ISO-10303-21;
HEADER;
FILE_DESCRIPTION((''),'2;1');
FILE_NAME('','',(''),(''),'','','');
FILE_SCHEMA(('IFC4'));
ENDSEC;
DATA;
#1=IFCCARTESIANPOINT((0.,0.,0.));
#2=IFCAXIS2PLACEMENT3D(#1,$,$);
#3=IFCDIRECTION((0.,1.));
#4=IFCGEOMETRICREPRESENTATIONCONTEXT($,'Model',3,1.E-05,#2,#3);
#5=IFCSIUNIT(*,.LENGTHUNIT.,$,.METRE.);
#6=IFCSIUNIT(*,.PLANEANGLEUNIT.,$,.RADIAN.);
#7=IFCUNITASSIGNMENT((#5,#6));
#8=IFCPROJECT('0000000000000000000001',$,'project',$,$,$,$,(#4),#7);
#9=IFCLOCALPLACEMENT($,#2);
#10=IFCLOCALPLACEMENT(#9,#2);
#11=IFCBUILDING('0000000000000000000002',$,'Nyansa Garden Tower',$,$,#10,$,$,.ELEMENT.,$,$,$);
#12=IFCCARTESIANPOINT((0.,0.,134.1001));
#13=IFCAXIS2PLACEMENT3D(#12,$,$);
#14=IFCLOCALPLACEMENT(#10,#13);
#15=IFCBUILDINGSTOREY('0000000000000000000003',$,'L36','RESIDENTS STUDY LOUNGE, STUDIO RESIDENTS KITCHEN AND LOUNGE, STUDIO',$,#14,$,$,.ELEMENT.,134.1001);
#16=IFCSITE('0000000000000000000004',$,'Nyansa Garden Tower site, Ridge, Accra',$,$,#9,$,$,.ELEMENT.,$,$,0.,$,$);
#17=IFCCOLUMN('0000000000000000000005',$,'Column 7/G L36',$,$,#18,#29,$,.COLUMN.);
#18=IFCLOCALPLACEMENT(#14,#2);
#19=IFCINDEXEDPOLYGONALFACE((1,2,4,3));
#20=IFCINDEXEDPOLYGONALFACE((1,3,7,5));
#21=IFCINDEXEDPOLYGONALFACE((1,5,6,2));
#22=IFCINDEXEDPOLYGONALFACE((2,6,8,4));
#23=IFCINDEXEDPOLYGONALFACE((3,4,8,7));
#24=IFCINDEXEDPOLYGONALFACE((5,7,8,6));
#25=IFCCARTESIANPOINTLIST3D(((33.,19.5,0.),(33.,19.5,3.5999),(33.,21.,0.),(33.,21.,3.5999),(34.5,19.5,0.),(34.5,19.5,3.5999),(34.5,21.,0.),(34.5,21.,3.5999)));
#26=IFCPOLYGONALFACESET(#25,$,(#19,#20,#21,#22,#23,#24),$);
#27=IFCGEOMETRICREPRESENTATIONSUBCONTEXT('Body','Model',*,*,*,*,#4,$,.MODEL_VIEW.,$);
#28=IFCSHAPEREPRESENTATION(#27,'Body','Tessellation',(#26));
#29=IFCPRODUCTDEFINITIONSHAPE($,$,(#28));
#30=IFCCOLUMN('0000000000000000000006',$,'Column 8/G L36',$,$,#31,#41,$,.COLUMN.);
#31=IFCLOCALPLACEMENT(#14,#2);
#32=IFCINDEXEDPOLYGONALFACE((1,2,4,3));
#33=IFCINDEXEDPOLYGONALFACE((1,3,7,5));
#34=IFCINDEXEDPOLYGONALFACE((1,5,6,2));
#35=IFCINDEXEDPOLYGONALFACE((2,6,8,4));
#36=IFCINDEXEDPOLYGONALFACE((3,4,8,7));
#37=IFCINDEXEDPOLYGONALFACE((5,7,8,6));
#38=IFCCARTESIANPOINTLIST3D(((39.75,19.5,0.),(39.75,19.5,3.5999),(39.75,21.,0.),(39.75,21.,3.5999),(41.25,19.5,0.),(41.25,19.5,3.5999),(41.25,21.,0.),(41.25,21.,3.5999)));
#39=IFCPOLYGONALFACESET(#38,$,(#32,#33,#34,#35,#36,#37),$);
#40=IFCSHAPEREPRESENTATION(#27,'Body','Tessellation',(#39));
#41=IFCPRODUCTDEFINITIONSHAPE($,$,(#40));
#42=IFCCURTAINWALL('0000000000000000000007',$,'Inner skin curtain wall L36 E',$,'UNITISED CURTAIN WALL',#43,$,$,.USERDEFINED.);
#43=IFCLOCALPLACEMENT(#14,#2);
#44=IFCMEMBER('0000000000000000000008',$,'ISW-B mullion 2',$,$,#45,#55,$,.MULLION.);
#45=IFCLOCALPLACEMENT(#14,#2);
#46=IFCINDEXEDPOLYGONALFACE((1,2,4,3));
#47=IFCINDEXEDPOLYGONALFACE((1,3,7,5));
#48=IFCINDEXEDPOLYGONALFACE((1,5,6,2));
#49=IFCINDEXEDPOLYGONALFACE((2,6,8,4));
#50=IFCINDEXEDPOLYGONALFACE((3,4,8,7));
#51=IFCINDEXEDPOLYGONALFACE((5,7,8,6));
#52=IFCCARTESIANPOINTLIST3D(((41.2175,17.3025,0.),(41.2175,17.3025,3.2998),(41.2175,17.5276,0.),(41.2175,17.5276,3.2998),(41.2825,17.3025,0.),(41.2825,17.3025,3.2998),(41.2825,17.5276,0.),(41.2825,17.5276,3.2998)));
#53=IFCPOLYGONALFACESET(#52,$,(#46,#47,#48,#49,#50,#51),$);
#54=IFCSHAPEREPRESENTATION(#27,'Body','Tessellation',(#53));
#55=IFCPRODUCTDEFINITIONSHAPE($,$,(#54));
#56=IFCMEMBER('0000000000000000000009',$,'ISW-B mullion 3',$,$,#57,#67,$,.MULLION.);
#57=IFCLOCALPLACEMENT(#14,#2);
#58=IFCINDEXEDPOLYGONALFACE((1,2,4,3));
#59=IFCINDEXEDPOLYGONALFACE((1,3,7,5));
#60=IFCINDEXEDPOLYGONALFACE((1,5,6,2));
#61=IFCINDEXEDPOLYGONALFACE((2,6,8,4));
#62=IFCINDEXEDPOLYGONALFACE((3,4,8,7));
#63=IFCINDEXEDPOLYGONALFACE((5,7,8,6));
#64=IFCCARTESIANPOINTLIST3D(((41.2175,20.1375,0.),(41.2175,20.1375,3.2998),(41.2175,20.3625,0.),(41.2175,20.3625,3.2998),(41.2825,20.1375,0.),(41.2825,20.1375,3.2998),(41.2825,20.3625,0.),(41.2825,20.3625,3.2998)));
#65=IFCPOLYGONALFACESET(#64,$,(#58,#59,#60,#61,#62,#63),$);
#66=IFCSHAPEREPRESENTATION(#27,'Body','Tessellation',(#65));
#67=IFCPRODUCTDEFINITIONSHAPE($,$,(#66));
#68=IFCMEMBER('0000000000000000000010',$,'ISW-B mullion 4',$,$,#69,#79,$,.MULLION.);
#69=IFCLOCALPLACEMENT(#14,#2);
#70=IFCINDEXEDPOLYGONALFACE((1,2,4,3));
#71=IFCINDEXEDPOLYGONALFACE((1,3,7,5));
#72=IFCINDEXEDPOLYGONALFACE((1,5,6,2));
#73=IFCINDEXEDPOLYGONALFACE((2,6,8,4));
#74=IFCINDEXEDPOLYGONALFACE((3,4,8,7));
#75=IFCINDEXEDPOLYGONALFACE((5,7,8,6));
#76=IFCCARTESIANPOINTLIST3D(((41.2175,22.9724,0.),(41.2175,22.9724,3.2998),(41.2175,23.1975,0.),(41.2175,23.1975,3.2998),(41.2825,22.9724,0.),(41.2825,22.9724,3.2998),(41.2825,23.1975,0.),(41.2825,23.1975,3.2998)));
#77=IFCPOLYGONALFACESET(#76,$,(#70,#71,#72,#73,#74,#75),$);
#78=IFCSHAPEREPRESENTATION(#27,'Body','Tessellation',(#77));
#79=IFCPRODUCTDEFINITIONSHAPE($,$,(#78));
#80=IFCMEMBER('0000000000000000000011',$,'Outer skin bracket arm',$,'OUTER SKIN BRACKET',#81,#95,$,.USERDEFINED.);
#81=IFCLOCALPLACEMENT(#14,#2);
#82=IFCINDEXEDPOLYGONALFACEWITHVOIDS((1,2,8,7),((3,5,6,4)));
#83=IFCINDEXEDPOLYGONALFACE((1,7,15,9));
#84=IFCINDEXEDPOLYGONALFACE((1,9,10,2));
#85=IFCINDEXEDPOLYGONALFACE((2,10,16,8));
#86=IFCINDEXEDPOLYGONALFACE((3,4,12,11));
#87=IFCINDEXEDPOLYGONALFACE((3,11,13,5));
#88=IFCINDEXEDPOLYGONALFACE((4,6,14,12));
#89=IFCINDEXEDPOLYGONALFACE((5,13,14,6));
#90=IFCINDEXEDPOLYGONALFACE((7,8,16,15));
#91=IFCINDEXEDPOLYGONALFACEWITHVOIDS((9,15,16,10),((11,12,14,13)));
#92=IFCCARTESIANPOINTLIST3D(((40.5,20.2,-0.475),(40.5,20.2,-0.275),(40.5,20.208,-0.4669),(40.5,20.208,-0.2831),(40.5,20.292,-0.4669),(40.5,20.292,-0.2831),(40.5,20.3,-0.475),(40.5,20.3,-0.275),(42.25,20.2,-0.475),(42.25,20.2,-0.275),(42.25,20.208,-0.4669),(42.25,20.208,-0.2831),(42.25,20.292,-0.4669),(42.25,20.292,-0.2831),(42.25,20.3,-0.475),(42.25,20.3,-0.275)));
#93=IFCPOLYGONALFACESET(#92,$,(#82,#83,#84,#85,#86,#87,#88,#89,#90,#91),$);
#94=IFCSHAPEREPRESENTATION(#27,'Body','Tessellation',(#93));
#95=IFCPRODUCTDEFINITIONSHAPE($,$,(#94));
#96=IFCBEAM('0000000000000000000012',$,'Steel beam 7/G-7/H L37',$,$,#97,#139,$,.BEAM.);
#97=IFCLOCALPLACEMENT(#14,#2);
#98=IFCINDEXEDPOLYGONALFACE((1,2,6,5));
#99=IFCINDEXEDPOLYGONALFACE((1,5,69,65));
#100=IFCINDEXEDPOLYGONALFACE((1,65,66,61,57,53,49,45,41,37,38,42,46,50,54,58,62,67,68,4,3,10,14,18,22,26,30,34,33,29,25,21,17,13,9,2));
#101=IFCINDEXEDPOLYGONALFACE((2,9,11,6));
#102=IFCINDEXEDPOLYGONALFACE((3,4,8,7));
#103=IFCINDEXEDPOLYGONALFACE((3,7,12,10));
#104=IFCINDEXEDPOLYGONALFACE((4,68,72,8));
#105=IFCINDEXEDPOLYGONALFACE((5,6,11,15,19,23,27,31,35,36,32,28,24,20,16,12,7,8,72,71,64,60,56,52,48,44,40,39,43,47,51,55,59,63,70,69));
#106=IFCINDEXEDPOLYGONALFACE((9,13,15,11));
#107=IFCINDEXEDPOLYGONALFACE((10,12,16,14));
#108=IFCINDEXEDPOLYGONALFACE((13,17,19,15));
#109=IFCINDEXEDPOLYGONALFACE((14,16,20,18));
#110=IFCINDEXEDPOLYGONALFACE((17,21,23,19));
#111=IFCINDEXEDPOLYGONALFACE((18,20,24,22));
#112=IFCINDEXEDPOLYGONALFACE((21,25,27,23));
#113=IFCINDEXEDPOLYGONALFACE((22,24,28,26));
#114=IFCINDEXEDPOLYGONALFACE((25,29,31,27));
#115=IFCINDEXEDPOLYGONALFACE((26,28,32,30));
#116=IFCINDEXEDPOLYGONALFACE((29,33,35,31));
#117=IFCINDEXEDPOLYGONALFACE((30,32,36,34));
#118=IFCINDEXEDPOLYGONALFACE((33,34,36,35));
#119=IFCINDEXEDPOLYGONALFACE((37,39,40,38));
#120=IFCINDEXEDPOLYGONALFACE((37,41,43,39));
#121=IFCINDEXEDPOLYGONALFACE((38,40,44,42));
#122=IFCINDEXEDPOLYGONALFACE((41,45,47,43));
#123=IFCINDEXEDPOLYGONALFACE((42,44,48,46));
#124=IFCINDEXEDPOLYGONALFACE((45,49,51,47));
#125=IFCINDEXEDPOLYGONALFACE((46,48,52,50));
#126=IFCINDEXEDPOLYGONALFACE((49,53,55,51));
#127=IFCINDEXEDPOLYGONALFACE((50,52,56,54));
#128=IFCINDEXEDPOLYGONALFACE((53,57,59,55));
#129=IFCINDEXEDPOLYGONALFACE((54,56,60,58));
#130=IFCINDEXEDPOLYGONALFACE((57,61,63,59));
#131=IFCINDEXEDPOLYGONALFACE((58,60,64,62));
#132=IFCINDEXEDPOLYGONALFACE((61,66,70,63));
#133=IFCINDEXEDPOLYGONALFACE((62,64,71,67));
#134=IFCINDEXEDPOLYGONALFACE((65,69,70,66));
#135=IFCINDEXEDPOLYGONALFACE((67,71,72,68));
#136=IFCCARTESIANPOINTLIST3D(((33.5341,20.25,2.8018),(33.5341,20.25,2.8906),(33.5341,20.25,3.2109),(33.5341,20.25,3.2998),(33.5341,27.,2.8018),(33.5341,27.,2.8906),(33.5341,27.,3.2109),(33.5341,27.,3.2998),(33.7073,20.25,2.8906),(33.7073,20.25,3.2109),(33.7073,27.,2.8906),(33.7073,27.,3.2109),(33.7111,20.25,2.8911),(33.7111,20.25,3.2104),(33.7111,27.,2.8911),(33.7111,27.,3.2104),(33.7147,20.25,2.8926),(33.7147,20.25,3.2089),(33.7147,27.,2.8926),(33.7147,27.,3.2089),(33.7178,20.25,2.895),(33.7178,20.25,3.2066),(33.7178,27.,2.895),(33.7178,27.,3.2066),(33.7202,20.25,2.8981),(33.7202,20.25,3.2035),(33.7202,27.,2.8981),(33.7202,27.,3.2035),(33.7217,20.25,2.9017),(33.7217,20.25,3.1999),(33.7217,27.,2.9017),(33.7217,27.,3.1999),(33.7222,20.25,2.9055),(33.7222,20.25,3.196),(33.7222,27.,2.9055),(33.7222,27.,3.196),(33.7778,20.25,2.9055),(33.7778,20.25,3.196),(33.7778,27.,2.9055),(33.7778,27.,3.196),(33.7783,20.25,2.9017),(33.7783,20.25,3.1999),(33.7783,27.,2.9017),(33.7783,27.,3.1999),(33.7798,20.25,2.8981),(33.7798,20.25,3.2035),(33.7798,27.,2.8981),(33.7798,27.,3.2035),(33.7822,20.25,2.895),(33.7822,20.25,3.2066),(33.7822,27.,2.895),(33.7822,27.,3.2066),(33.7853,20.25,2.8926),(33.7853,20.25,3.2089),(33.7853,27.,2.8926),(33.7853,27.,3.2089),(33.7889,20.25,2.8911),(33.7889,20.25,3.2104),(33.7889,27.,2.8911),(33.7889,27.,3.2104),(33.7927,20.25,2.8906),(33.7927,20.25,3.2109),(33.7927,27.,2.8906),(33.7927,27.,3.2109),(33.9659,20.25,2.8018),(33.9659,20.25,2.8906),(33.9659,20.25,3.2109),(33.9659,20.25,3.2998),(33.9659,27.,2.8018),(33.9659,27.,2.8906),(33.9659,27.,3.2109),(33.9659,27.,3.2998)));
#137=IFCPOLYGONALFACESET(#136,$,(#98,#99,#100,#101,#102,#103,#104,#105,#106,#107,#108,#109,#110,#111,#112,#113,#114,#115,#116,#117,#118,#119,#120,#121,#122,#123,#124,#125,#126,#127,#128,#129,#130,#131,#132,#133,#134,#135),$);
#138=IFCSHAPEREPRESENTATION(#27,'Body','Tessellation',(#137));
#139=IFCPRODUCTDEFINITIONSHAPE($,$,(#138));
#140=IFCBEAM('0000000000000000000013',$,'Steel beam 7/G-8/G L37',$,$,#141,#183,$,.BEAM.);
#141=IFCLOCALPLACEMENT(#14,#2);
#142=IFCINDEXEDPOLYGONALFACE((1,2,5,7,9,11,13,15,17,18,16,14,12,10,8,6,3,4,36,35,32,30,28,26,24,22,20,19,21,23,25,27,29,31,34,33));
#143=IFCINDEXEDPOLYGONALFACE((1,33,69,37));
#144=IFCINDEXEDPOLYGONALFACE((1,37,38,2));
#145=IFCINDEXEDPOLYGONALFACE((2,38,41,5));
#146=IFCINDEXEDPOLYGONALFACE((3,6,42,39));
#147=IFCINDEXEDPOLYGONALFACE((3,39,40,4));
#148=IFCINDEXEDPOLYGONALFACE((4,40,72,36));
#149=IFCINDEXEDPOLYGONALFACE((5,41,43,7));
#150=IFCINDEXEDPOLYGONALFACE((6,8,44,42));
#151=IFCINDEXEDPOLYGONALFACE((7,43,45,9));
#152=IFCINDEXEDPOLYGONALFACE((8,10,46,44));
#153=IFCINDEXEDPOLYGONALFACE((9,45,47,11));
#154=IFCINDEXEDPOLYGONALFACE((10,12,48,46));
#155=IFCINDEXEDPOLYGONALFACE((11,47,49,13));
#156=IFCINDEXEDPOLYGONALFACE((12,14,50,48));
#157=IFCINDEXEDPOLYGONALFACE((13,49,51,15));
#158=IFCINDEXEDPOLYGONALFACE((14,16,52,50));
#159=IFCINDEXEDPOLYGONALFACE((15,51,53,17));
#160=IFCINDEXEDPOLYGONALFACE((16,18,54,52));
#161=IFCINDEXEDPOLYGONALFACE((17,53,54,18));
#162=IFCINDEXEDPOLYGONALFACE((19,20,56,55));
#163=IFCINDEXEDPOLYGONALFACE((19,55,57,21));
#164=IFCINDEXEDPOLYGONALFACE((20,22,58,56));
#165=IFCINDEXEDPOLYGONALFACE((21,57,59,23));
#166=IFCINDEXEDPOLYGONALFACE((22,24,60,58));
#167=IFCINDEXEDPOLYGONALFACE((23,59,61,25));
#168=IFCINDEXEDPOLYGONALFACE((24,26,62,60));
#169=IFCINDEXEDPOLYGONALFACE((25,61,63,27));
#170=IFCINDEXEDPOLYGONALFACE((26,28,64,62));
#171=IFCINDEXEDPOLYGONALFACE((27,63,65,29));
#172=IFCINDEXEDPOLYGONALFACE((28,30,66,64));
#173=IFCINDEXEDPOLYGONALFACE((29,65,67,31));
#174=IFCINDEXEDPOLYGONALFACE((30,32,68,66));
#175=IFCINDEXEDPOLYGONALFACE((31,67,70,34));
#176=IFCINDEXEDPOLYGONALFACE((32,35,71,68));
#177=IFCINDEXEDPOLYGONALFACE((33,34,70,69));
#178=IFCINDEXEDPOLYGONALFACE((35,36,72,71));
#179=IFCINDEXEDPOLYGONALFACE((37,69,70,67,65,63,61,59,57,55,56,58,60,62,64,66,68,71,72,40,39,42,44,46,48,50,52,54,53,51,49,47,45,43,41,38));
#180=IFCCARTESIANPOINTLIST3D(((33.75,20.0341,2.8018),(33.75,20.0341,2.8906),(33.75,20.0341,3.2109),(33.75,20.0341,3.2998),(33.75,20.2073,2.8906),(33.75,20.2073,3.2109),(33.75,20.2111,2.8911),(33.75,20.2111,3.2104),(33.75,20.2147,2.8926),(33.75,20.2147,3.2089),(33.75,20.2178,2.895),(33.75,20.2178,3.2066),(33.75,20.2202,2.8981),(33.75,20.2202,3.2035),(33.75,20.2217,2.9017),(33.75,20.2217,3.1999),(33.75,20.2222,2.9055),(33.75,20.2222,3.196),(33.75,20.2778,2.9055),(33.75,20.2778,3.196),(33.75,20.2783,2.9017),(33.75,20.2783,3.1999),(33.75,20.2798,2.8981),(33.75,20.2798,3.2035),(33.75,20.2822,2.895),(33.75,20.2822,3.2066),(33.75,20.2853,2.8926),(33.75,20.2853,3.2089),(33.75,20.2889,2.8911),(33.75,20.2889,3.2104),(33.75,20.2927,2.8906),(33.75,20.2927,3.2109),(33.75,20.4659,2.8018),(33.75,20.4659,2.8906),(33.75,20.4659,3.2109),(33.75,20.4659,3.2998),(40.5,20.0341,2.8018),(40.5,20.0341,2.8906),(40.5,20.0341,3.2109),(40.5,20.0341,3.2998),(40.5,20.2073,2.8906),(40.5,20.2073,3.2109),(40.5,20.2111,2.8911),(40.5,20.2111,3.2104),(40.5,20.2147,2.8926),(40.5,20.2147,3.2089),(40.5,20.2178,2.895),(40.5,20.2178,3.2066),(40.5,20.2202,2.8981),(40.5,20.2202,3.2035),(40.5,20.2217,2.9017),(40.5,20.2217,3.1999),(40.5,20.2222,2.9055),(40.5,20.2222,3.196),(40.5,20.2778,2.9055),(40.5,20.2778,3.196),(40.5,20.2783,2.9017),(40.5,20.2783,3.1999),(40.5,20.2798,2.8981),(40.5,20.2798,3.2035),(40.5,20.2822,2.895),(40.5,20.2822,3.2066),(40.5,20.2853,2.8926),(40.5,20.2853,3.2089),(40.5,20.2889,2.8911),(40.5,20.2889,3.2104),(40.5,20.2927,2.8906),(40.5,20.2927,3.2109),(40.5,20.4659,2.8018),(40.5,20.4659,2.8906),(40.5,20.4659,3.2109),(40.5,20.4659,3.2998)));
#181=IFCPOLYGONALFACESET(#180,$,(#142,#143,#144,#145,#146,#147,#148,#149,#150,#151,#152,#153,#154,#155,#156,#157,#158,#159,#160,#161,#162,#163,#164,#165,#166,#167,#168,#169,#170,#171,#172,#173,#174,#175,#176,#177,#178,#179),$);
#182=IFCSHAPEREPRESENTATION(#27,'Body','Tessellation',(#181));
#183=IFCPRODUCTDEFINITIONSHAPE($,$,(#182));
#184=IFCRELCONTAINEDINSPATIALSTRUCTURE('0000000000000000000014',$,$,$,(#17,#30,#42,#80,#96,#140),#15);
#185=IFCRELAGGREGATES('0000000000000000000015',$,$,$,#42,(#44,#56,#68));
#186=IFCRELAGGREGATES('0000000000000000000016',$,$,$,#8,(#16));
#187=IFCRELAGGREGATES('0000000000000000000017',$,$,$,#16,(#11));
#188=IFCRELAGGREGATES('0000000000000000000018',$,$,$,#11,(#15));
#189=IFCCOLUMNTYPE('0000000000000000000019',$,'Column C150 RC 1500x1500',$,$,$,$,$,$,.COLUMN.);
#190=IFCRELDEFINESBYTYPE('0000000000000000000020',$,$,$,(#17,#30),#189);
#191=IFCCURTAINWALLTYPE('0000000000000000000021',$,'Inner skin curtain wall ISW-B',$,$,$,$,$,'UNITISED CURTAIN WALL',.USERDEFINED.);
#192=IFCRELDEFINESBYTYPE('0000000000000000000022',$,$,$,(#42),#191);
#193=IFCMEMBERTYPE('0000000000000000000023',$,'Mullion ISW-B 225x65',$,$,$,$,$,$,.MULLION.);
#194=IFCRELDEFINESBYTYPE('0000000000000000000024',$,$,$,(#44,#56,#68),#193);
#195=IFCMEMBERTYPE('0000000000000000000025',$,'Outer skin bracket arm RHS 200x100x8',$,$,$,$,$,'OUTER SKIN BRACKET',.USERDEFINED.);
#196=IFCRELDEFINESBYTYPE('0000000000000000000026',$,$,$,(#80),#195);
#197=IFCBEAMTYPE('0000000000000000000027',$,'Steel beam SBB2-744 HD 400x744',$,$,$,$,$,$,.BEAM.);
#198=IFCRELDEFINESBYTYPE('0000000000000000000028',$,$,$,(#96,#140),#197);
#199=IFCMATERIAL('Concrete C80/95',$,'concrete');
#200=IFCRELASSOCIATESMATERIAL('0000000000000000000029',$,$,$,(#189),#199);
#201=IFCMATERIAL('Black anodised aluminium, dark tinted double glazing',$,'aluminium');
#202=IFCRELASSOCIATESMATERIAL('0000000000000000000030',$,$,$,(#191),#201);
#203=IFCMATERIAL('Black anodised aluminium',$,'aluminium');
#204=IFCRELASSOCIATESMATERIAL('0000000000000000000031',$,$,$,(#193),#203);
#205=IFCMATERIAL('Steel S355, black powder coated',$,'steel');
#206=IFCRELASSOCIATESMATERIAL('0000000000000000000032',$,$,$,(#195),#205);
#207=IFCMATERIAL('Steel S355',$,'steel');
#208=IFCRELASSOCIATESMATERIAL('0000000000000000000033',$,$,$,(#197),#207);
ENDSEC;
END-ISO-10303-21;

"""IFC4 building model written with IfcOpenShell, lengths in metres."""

from ifc_helpers import new_model, si_unit, direction, frame, origin, origin_2d, place, context, subcontext, project, spatial, rectangle, hollow_rectangle, i_section, extrude, material, material_profile, profile_set, type_object, element, aggregate, save


model = new_model("IFC4")

# Units and contexts
model_context = context("Model", 3, precision=1e-05, world=origin(), true_north=direction((0.0, 1.0)))
body_context = subcontext(model_context, "Body", "Model", "MODEL_VIEW")
ifc_project = project(units=[si_unit("LENGTHUNIT", "METRE"), si_unit("PLANEANGLEUNIT", "RADIAN")], contexts=[model_context])

# Site, building, storey
site_placement = place(None, origin())
site = spatial("IfcSite", under=ifc_project, at=site_placement, Name="Nyansa Garden Tower site, Ridge, Accra", CompositionType="ELEMENT", RefElevation=0.0)
building_placement = place(site_placement, origin())
building = spatial("IfcBuilding", under=site, at=building_placement, Name="Nyansa Garden Tower", CompositionType="ELEMENT")
storey_placement = place(building_placement, frame((0.0, 0.0, 134.1001)))
storey = spatial("IfcBuildingStorey", under=building, at=storey_placement, Name="L36", Description="RESIDENTS STUDY LOUNGE, STUDIO RESIDENTS KITCHEN AND LOUNGE, STUDIO", CompositionType="ELEMENT", Elevation=134.1001)

# Columns
ifc_material_1 = material(Name="Concrete C80/95", Category="concrete")
ifc_material_profile_1 = material_profile(ifc_material_1, rectangle(XDim=1.5, YDim=1.5, at=origin_2d()), Name="RC 1500x1500")
ifc_profile_set_1 = profile_set([ifc_material_profile_1], Name="Concrete C80/95")
column_type = type_object("IfcColumnType", Name="Column C150 RC 1500x1500", PredefinedType="COLUMN", material=ifc_profile_set_1)
for number, where, z_axis, x_axis, name in (
    (1, (33.75, 20.25, 0.0), (0.0, 0.0, 1.0), (1.0, 0.0, 0.0), "Column 7/G L36"),
    (2, (40.5, 20.25, 0.0), (0.0, 0.0, 1.0), (1.0, 0.0, 0.0), "Column 8/G L36"),
):
    element("IfcColumn", number, at=place(storey_placement, frame(where, z_axis=z_axis, x_axis=x_axis)), inside=storey, type_object=column_type, Name=name, PredefinedType="COLUMN", context=body_context, shape_type="SweptSolid", body=[
        extrude(rectangle(XDim=1.5, YDim=1.5, at=origin_2d()), origin(), (0.0, 0.0, 1.0), 3.5999),
    ])

# Curtain wall, members
ifc_material_2 = material(Name="Black anodised aluminium, dark tinted double glazing", Category="aluminium")
curtain_wall_type = type_object("IfcCurtainWallType", Name="Inner skin curtain wall ISW-B", ElementType="UNITISED CURTAIN WALL", PredefinedType="USERDEFINED", material=ifc_material_2)
curtain_wall_placement = place(storey_placement, origin())
curtain_wall = element("IfcCurtainWall", 3, at=curtain_wall_placement, inside=storey, type_object=curtain_wall_type, Name="Inner skin curtain wall L36 E", ObjectType="UNITISED CURTAIN WALL", PredefinedType="USERDEFINED")
ifc_material_3 = material(Name="Black anodised aluminium", Category="aluminium")
ifc_material_profile_2 = material_profile(ifc_material_3, rectangle(XDim=0.0649, YDim=0.2251, at=origin_2d()), Name="Mullion 225x65")
ifc_profile_set_2 = profile_set([ifc_material_profile_2], Name="Black anodised aluminium")
member_type_1 = type_object("IfcMemberType", Name="Mullion ISW-B 225x65", PredefinedType="MULLION", material=ifc_profile_set_2)
member_1_placement = place(storey_placement, frame((41.25, 17.415, 0.0), z_axis=(0.0, 0.0, 1.0), x_axis=(-1.0, 0.0, 0.0)))
member_1 = element("IfcMember", 4, at=member_1_placement, type_object=member_type_1, Name="ISW-B mullion 2", PredefinedType="MULLION", context=body_context, shape_type="SweptSolid", body=[
    extrude(rectangle(XDim=0.0649, YDim=0.2251, at=origin_2d()), origin(), (0.0, 0.0, 1.0), 3.2998),
])
member_2_placement = place(storey_placement, frame((41.25, 20.25, 0.0), z_axis=(0.0, 0.0, 1.0), x_axis=(-1.0, 0.0, 0.0)))
member_2 = element("IfcMember", 5, at=member_2_placement, type_object=member_type_1, Name="ISW-B mullion 3", PredefinedType="MULLION", context=body_context, shape_type="SweptSolid", body=[
    extrude(rectangle(XDim=0.0649, YDim=0.2251, at=origin_2d()), origin(), (0.0, 0.0, 1.0), 3.2998),
])
member_3_placement = place(storey_placement, frame((41.25, 23.085, 0.0), z_axis=(0.0, 0.0, 1.0), x_axis=(-1.0, 0.0, 0.0)))
member_3 = element("IfcMember", 6, at=member_3_placement, type_object=member_type_1, Name="ISW-B mullion 4", PredefinedType="MULLION", context=body_context, shape_type="SweptSolid", body=[
    extrude(rectangle(XDim=0.0649, YDim=0.2251, at=origin_2d()), origin(), (0.0, 0.0, 1.0), 3.2998),
])

# Member
ifc_material_4 = material(Name="Steel S355, black powder coated", Category="steel")
ifc_material_profile_3 = material_profile(ifc_material_4, hollow_rectangle(XDim=0.1001, YDim=0.2, WallThickness=0.0081, at=origin_2d()), Name="RHS 200x100x8")
ifc_profile_set_3 = profile_set([ifc_material_profile_3], Name="Steel S355, black powder coated")
member_type_2 = type_object("IfcMemberType", Name="Outer skin bracket arm RHS 200x100x8", ElementType="OUTER SKIN BRACKET", PredefinedType="USERDEFINED", material=ifc_profile_set_3)
member_4_placement = place(storey_placement, frame((40.5, 20.25, -0.375), z_axis=(1.0, 0.0, 0.0), x_axis=(0.0, 1.0, 0.0)))
element("IfcMember", 7, at=member_4_placement, inside=storey, type_object=member_type_2, Name="Outer skin bracket arm", ObjectType="OUTER SKIN BRACKET", PredefinedType="USERDEFINED", context=body_context, shape_type="SweptSolid", body=[
    extrude(hollow_rectangle(XDim=0.1001, YDim=0.2, WallThickness=0.0081, at=origin_2d()), origin(), (0.0, 0.0, 1.0), 1.75),
])

# Beams
ifc_material_5 = material(Name="Steel S355", Category="steel")
ifc_material_profile_4 = material_profile(ifc_material_5, i_section(OverallWidth=0.4319, OverallDepth=0.498, WebThickness=0.0557, FlangeThickness=0.0889, FilletRadius=0.0149, at=origin_2d()), Name="HD 400x744")
ifc_profile_set_4 = profile_set([ifc_material_profile_4], Name="Steel S355")
beam_type_1 = type_object("IfcBeamType", Name="Steel beam SBB2-744 HD 400x744", PredefinedType="BEAM", material=ifc_profile_set_4)
for number, where, z_axis, x_axis, name in (
    (8, (33.75, 20.25, 3.0508), (0.0, 1.0, 0.0), (-1.0, 0.0, 0.0), "Steel beam 7/G-7/H L37"),
    (9, (33.75, 20.25, 3.0508), (1.0, 0.0, 0.0), (0.0, 1.0, 0.0), "Steel beam 7/G-8/G L37"),
):
    element("IfcBeam", number, at=place(storey_placement, frame(where, z_axis=z_axis, x_axis=x_axis)), inside=storey, type_object=beam_type_1, Name=name, PredefinedType="BEAM", context=body_context, shape_type="SweptSolid", body=[
        extrude(i_section(OverallWidth=0.4319, OverallDepth=0.498, WebThickness=0.0557, FlangeThickness=0.0889, FilletRadius=0.0149, at=origin_2d()), origin(), (0.0, 0.0, 1.0), 6.75),
    ])

aggregate(curtain_wall, [member_1, member_2, member_3])

save(model, "model.ifc")
